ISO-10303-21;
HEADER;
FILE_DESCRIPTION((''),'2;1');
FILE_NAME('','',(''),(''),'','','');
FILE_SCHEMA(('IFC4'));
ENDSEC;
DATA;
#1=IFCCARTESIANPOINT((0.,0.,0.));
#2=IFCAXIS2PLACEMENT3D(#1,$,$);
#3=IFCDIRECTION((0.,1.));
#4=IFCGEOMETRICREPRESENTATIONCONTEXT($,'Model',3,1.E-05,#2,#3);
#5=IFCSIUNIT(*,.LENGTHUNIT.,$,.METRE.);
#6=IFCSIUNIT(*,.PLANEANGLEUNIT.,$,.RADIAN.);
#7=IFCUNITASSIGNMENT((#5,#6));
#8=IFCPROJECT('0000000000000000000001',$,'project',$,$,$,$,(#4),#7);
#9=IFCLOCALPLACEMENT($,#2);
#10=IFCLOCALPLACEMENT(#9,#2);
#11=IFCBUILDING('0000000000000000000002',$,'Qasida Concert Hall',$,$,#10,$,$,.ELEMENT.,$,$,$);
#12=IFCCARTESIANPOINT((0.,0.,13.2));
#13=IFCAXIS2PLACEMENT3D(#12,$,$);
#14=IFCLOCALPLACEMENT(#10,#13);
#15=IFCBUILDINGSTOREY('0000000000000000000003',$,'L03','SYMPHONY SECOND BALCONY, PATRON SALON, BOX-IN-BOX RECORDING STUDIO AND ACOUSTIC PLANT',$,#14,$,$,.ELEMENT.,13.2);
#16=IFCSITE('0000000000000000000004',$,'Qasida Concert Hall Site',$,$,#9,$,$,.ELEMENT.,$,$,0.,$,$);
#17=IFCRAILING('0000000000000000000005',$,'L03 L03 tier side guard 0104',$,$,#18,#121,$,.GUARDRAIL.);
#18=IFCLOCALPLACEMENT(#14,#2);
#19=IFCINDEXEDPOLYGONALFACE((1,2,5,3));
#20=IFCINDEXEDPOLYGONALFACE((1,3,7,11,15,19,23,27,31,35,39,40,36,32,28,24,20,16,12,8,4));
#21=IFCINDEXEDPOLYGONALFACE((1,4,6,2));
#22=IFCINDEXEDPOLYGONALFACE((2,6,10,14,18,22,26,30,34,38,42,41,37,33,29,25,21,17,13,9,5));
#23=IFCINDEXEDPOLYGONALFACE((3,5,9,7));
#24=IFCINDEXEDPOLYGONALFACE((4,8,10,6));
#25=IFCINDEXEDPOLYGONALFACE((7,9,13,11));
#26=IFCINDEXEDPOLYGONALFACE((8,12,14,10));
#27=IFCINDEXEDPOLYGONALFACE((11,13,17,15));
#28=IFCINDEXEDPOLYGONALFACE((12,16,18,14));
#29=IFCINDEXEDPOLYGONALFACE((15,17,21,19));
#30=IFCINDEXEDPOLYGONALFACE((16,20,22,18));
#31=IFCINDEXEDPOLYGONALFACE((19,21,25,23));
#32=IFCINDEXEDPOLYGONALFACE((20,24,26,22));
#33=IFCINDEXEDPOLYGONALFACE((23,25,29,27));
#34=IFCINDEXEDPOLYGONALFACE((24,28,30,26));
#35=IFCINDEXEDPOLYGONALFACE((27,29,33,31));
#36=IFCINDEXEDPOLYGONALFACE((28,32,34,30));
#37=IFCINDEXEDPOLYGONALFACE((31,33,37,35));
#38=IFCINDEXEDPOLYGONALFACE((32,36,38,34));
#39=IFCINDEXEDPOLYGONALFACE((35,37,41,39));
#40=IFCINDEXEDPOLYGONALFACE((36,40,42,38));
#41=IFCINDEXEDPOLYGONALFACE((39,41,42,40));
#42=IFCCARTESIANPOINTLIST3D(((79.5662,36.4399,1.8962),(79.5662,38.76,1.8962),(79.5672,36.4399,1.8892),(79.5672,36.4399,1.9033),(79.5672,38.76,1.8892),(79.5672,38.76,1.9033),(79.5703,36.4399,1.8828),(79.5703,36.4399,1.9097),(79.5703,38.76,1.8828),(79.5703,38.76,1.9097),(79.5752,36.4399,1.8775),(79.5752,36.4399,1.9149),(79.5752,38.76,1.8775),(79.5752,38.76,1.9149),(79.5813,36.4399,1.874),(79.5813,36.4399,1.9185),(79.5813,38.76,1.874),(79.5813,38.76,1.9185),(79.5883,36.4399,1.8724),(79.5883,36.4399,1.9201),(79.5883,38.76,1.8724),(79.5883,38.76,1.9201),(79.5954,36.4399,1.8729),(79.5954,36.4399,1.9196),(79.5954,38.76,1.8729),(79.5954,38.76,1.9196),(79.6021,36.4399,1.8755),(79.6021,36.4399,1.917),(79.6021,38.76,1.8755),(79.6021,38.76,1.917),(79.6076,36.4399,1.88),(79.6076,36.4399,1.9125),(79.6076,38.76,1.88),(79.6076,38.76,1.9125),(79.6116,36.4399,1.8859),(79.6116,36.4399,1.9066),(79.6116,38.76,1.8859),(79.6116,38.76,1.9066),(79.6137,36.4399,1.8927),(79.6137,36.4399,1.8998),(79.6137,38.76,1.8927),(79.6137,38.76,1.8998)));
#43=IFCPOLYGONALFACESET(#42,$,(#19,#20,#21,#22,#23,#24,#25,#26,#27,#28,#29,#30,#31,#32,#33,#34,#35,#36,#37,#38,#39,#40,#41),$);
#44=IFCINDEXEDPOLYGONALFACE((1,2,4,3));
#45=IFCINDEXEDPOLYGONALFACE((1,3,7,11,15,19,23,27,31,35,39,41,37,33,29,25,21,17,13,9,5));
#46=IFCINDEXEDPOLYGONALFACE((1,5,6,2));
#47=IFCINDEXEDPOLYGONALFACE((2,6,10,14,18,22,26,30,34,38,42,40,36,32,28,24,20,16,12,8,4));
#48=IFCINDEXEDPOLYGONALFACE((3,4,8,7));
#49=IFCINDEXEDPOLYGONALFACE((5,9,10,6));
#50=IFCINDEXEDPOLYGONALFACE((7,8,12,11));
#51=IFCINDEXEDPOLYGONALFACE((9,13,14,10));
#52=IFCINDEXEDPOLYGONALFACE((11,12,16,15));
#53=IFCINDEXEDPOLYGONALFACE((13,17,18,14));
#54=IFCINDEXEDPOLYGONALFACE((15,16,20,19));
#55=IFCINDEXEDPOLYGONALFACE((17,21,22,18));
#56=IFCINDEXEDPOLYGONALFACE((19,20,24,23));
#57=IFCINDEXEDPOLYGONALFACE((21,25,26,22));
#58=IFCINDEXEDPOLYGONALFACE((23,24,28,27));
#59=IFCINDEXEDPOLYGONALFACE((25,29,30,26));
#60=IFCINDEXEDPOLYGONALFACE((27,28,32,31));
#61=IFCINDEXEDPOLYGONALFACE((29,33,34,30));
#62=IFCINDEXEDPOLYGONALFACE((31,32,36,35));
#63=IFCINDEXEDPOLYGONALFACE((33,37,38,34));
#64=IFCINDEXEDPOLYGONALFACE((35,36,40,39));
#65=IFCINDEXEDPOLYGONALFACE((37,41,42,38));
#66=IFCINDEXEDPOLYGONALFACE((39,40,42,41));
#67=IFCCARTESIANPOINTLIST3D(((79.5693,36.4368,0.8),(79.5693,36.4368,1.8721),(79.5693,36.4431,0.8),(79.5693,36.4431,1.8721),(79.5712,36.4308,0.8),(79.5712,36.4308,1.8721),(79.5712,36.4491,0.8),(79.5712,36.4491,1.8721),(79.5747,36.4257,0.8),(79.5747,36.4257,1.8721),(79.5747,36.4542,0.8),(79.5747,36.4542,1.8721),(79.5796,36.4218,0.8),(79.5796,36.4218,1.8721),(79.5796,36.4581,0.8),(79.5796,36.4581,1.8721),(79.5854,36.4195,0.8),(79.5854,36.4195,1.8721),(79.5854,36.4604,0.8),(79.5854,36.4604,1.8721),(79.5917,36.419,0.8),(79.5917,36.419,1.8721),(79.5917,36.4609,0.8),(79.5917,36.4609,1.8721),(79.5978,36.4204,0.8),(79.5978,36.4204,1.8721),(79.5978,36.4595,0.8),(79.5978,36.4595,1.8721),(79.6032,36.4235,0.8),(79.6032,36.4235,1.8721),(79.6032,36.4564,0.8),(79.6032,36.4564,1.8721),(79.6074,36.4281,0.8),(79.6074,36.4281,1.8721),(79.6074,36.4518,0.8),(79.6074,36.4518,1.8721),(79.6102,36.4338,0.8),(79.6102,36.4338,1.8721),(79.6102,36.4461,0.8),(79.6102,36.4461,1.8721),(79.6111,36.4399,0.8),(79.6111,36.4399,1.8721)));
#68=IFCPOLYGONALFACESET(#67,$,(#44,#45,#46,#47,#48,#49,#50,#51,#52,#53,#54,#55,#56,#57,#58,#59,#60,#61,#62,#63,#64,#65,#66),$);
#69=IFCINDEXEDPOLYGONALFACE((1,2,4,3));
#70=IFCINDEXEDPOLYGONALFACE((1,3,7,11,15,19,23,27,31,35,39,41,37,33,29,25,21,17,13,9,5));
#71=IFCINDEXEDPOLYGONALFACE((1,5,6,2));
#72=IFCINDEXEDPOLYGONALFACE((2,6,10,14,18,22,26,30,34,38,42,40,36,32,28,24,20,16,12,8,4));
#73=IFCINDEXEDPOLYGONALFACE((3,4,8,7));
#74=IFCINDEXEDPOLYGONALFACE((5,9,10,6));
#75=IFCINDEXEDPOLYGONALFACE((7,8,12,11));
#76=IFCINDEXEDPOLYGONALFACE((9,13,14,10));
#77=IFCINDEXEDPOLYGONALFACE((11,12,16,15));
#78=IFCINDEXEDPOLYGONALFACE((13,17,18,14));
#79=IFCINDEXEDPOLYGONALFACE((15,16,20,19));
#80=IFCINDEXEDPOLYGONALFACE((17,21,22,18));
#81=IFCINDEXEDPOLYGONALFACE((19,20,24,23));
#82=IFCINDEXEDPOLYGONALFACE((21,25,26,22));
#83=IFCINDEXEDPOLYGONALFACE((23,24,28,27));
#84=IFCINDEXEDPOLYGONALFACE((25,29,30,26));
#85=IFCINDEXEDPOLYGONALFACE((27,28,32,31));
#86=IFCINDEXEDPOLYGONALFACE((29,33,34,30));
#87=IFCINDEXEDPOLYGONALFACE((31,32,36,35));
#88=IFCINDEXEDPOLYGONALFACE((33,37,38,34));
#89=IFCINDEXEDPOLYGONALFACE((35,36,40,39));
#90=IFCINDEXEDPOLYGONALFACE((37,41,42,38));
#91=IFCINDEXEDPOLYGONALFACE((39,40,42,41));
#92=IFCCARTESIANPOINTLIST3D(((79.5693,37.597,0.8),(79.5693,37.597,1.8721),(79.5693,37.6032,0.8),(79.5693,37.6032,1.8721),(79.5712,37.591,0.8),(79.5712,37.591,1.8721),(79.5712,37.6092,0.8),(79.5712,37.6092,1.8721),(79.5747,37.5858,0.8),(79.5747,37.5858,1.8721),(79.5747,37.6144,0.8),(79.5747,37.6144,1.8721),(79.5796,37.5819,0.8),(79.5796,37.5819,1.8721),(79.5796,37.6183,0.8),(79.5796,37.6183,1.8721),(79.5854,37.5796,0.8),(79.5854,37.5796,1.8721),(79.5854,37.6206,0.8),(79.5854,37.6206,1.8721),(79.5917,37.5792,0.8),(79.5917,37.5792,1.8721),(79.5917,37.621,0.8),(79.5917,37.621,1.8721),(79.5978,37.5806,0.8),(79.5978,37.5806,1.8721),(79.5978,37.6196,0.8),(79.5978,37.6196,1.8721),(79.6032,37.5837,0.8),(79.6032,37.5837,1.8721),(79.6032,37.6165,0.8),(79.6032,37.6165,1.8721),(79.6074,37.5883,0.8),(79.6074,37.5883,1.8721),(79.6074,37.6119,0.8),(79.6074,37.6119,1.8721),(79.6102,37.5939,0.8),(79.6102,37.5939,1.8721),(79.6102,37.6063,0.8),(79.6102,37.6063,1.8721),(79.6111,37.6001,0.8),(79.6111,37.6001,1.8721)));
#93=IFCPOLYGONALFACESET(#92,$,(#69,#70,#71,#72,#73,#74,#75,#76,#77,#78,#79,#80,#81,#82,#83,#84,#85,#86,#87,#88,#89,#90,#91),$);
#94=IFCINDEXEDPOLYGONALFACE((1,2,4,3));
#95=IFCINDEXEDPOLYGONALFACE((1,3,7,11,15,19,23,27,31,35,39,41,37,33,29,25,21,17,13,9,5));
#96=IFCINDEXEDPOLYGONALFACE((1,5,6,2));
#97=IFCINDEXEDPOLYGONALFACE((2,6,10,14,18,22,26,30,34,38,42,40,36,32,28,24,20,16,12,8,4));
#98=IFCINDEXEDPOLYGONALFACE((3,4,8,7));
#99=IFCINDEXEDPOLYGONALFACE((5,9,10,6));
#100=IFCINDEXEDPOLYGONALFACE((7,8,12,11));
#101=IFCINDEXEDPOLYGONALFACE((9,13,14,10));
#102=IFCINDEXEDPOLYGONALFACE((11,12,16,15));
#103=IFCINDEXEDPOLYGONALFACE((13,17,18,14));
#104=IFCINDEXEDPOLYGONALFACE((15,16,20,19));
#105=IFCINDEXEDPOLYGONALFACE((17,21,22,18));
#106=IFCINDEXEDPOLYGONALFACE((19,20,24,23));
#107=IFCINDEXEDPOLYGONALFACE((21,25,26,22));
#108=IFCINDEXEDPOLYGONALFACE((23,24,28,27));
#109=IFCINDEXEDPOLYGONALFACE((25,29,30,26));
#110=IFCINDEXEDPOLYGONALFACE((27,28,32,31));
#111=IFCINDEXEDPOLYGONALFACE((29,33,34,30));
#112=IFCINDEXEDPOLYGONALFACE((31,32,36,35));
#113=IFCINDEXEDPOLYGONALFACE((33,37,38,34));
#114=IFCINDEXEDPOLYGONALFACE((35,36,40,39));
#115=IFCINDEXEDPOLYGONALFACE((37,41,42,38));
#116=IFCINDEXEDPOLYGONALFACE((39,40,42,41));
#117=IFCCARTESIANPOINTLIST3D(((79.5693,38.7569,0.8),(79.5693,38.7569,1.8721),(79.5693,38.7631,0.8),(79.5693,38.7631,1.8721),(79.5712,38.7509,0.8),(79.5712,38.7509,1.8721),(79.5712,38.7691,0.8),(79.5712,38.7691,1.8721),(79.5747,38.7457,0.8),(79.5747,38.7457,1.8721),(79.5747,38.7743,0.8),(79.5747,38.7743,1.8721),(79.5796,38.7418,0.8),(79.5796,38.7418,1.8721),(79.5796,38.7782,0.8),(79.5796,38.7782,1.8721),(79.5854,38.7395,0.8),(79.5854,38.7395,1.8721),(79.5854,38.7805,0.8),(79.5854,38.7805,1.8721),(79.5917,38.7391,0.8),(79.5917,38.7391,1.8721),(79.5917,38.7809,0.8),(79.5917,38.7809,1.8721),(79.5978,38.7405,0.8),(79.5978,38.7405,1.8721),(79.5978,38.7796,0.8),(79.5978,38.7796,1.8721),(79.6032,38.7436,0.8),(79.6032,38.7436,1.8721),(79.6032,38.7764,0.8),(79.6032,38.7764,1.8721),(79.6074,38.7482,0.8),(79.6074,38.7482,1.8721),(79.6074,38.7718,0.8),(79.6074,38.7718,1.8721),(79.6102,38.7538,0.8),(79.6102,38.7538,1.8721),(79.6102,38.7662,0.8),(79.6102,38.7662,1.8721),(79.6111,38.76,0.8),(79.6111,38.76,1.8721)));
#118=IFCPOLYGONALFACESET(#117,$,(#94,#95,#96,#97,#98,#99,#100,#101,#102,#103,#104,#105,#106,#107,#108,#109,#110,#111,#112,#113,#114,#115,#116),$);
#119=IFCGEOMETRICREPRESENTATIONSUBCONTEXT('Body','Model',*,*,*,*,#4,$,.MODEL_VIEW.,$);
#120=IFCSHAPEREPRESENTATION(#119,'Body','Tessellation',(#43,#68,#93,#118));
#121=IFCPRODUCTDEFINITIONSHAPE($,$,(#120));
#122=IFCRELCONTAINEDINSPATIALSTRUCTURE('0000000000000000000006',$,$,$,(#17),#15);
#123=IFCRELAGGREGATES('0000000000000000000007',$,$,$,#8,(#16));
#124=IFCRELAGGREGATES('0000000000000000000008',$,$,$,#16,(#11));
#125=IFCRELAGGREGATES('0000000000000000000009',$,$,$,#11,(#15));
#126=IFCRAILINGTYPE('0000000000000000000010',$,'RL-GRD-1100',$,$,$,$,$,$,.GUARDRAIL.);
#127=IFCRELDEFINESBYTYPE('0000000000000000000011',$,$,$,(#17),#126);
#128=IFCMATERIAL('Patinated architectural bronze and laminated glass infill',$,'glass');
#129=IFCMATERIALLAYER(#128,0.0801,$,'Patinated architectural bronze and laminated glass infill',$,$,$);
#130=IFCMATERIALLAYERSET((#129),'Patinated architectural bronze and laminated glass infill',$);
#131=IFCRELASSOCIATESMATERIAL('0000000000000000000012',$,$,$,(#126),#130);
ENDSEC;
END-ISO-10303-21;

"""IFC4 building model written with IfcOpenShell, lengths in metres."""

from ifc_helpers import new_model, si_unit, direction, frame, origin, origin_2d, place, context, subcontext, project, spatial, circle, extrude, material, layer, layer_set, type_object, element, save


model = new_model("IFC4")

# Units and contexts
model_context = context("Model", 3, precision=1e-05, world=origin(), true_north=direction((0.0, 1.0)))
body_context = subcontext(model_context, "Body", "Model", "MODEL_VIEW")
ifc_project = project(units=[si_unit("LENGTHUNIT", "METRE"), si_unit("PLANEANGLEUNIT", "RADIAN")], contexts=[model_context])

# Site, building, storey
site_placement = place(None, origin())
site = spatial("IfcSite", under=ifc_project, at=site_placement, Name="Qasida Concert Hall Site", CompositionType="ELEMENT", RefElevation=0.0)
building_placement = place(site_placement, origin())
building = spatial("IfcBuilding", under=site, at=building_placement, Name="Qasida Concert Hall", CompositionType="ELEMENT")
storey_placement = place(building_placement, frame((0.0, 0.0, 13.2)))
storey = spatial("IfcBuildingStorey", under=building, at=storey_placement, Name="L03", Description="SYMPHONY SECOND BALCONY, PATRON SALON, BOX-IN-BOX RECORDING STUDIO AND ACOUSTIC PLANT", CompositionType="ELEMENT", Elevation=13.2)

# Railing
ifc_material_1 = material(Name="Patinated architectural bronze and laminated glass infill", Category="glass")
ifc_layer_1 = layer(ifc_material_1, 0.0801, Name="Patinated architectural bronze and laminated glass infill")
ifc_layer_set_1 = layer_set([ifc_layer_1], Name="Patinated architectural bronze and laminated glass infill")
railing_type_1 = type_object("IfcRailingType", Name="RL-GRD-1100", PredefinedType="GUARDRAIL", material=ifc_layer_set_1)
for number, where, name in (
    (1, (79.5901, 36.4399, 0.8), "L03 L03 tier side guard 0104"),
):
    element("IfcRailing", number, at=place(storey_placement, frame(where)), inside=storey, type_object=railing_type_1, Name=name, PredefinedType="GUARDRAIL", context=body_context, shape_type="SweptSolid", body=[
        extrude(circle(Radius=0.0239, at=origin_2d()), frame((0.0, 0.0, 1.0962), z_axis=(0.0, 1.0, 0.0), x_axis=(-1.0, 0.0, 0.0)), (0.0, 0.0, 1.0), 2.3201),
        extrude(circle(Radius=0.021, at=origin_2d()), origin(), (0.0, 0.0, 1.0), 1.072),
        extrude(circle(Radius=0.021, at=origin_2d()), frame((0.0, 1.1602, 0.0)), (0.0, 0.0, 1.0), 1.072),
        extrude(circle(Radius=0.021, at=origin_2d()), frame((0.0, 2.3201, 0.0)), (0.0, 0.0, 1.0), 1.072),
    ])

save(model, "model.ifc")
